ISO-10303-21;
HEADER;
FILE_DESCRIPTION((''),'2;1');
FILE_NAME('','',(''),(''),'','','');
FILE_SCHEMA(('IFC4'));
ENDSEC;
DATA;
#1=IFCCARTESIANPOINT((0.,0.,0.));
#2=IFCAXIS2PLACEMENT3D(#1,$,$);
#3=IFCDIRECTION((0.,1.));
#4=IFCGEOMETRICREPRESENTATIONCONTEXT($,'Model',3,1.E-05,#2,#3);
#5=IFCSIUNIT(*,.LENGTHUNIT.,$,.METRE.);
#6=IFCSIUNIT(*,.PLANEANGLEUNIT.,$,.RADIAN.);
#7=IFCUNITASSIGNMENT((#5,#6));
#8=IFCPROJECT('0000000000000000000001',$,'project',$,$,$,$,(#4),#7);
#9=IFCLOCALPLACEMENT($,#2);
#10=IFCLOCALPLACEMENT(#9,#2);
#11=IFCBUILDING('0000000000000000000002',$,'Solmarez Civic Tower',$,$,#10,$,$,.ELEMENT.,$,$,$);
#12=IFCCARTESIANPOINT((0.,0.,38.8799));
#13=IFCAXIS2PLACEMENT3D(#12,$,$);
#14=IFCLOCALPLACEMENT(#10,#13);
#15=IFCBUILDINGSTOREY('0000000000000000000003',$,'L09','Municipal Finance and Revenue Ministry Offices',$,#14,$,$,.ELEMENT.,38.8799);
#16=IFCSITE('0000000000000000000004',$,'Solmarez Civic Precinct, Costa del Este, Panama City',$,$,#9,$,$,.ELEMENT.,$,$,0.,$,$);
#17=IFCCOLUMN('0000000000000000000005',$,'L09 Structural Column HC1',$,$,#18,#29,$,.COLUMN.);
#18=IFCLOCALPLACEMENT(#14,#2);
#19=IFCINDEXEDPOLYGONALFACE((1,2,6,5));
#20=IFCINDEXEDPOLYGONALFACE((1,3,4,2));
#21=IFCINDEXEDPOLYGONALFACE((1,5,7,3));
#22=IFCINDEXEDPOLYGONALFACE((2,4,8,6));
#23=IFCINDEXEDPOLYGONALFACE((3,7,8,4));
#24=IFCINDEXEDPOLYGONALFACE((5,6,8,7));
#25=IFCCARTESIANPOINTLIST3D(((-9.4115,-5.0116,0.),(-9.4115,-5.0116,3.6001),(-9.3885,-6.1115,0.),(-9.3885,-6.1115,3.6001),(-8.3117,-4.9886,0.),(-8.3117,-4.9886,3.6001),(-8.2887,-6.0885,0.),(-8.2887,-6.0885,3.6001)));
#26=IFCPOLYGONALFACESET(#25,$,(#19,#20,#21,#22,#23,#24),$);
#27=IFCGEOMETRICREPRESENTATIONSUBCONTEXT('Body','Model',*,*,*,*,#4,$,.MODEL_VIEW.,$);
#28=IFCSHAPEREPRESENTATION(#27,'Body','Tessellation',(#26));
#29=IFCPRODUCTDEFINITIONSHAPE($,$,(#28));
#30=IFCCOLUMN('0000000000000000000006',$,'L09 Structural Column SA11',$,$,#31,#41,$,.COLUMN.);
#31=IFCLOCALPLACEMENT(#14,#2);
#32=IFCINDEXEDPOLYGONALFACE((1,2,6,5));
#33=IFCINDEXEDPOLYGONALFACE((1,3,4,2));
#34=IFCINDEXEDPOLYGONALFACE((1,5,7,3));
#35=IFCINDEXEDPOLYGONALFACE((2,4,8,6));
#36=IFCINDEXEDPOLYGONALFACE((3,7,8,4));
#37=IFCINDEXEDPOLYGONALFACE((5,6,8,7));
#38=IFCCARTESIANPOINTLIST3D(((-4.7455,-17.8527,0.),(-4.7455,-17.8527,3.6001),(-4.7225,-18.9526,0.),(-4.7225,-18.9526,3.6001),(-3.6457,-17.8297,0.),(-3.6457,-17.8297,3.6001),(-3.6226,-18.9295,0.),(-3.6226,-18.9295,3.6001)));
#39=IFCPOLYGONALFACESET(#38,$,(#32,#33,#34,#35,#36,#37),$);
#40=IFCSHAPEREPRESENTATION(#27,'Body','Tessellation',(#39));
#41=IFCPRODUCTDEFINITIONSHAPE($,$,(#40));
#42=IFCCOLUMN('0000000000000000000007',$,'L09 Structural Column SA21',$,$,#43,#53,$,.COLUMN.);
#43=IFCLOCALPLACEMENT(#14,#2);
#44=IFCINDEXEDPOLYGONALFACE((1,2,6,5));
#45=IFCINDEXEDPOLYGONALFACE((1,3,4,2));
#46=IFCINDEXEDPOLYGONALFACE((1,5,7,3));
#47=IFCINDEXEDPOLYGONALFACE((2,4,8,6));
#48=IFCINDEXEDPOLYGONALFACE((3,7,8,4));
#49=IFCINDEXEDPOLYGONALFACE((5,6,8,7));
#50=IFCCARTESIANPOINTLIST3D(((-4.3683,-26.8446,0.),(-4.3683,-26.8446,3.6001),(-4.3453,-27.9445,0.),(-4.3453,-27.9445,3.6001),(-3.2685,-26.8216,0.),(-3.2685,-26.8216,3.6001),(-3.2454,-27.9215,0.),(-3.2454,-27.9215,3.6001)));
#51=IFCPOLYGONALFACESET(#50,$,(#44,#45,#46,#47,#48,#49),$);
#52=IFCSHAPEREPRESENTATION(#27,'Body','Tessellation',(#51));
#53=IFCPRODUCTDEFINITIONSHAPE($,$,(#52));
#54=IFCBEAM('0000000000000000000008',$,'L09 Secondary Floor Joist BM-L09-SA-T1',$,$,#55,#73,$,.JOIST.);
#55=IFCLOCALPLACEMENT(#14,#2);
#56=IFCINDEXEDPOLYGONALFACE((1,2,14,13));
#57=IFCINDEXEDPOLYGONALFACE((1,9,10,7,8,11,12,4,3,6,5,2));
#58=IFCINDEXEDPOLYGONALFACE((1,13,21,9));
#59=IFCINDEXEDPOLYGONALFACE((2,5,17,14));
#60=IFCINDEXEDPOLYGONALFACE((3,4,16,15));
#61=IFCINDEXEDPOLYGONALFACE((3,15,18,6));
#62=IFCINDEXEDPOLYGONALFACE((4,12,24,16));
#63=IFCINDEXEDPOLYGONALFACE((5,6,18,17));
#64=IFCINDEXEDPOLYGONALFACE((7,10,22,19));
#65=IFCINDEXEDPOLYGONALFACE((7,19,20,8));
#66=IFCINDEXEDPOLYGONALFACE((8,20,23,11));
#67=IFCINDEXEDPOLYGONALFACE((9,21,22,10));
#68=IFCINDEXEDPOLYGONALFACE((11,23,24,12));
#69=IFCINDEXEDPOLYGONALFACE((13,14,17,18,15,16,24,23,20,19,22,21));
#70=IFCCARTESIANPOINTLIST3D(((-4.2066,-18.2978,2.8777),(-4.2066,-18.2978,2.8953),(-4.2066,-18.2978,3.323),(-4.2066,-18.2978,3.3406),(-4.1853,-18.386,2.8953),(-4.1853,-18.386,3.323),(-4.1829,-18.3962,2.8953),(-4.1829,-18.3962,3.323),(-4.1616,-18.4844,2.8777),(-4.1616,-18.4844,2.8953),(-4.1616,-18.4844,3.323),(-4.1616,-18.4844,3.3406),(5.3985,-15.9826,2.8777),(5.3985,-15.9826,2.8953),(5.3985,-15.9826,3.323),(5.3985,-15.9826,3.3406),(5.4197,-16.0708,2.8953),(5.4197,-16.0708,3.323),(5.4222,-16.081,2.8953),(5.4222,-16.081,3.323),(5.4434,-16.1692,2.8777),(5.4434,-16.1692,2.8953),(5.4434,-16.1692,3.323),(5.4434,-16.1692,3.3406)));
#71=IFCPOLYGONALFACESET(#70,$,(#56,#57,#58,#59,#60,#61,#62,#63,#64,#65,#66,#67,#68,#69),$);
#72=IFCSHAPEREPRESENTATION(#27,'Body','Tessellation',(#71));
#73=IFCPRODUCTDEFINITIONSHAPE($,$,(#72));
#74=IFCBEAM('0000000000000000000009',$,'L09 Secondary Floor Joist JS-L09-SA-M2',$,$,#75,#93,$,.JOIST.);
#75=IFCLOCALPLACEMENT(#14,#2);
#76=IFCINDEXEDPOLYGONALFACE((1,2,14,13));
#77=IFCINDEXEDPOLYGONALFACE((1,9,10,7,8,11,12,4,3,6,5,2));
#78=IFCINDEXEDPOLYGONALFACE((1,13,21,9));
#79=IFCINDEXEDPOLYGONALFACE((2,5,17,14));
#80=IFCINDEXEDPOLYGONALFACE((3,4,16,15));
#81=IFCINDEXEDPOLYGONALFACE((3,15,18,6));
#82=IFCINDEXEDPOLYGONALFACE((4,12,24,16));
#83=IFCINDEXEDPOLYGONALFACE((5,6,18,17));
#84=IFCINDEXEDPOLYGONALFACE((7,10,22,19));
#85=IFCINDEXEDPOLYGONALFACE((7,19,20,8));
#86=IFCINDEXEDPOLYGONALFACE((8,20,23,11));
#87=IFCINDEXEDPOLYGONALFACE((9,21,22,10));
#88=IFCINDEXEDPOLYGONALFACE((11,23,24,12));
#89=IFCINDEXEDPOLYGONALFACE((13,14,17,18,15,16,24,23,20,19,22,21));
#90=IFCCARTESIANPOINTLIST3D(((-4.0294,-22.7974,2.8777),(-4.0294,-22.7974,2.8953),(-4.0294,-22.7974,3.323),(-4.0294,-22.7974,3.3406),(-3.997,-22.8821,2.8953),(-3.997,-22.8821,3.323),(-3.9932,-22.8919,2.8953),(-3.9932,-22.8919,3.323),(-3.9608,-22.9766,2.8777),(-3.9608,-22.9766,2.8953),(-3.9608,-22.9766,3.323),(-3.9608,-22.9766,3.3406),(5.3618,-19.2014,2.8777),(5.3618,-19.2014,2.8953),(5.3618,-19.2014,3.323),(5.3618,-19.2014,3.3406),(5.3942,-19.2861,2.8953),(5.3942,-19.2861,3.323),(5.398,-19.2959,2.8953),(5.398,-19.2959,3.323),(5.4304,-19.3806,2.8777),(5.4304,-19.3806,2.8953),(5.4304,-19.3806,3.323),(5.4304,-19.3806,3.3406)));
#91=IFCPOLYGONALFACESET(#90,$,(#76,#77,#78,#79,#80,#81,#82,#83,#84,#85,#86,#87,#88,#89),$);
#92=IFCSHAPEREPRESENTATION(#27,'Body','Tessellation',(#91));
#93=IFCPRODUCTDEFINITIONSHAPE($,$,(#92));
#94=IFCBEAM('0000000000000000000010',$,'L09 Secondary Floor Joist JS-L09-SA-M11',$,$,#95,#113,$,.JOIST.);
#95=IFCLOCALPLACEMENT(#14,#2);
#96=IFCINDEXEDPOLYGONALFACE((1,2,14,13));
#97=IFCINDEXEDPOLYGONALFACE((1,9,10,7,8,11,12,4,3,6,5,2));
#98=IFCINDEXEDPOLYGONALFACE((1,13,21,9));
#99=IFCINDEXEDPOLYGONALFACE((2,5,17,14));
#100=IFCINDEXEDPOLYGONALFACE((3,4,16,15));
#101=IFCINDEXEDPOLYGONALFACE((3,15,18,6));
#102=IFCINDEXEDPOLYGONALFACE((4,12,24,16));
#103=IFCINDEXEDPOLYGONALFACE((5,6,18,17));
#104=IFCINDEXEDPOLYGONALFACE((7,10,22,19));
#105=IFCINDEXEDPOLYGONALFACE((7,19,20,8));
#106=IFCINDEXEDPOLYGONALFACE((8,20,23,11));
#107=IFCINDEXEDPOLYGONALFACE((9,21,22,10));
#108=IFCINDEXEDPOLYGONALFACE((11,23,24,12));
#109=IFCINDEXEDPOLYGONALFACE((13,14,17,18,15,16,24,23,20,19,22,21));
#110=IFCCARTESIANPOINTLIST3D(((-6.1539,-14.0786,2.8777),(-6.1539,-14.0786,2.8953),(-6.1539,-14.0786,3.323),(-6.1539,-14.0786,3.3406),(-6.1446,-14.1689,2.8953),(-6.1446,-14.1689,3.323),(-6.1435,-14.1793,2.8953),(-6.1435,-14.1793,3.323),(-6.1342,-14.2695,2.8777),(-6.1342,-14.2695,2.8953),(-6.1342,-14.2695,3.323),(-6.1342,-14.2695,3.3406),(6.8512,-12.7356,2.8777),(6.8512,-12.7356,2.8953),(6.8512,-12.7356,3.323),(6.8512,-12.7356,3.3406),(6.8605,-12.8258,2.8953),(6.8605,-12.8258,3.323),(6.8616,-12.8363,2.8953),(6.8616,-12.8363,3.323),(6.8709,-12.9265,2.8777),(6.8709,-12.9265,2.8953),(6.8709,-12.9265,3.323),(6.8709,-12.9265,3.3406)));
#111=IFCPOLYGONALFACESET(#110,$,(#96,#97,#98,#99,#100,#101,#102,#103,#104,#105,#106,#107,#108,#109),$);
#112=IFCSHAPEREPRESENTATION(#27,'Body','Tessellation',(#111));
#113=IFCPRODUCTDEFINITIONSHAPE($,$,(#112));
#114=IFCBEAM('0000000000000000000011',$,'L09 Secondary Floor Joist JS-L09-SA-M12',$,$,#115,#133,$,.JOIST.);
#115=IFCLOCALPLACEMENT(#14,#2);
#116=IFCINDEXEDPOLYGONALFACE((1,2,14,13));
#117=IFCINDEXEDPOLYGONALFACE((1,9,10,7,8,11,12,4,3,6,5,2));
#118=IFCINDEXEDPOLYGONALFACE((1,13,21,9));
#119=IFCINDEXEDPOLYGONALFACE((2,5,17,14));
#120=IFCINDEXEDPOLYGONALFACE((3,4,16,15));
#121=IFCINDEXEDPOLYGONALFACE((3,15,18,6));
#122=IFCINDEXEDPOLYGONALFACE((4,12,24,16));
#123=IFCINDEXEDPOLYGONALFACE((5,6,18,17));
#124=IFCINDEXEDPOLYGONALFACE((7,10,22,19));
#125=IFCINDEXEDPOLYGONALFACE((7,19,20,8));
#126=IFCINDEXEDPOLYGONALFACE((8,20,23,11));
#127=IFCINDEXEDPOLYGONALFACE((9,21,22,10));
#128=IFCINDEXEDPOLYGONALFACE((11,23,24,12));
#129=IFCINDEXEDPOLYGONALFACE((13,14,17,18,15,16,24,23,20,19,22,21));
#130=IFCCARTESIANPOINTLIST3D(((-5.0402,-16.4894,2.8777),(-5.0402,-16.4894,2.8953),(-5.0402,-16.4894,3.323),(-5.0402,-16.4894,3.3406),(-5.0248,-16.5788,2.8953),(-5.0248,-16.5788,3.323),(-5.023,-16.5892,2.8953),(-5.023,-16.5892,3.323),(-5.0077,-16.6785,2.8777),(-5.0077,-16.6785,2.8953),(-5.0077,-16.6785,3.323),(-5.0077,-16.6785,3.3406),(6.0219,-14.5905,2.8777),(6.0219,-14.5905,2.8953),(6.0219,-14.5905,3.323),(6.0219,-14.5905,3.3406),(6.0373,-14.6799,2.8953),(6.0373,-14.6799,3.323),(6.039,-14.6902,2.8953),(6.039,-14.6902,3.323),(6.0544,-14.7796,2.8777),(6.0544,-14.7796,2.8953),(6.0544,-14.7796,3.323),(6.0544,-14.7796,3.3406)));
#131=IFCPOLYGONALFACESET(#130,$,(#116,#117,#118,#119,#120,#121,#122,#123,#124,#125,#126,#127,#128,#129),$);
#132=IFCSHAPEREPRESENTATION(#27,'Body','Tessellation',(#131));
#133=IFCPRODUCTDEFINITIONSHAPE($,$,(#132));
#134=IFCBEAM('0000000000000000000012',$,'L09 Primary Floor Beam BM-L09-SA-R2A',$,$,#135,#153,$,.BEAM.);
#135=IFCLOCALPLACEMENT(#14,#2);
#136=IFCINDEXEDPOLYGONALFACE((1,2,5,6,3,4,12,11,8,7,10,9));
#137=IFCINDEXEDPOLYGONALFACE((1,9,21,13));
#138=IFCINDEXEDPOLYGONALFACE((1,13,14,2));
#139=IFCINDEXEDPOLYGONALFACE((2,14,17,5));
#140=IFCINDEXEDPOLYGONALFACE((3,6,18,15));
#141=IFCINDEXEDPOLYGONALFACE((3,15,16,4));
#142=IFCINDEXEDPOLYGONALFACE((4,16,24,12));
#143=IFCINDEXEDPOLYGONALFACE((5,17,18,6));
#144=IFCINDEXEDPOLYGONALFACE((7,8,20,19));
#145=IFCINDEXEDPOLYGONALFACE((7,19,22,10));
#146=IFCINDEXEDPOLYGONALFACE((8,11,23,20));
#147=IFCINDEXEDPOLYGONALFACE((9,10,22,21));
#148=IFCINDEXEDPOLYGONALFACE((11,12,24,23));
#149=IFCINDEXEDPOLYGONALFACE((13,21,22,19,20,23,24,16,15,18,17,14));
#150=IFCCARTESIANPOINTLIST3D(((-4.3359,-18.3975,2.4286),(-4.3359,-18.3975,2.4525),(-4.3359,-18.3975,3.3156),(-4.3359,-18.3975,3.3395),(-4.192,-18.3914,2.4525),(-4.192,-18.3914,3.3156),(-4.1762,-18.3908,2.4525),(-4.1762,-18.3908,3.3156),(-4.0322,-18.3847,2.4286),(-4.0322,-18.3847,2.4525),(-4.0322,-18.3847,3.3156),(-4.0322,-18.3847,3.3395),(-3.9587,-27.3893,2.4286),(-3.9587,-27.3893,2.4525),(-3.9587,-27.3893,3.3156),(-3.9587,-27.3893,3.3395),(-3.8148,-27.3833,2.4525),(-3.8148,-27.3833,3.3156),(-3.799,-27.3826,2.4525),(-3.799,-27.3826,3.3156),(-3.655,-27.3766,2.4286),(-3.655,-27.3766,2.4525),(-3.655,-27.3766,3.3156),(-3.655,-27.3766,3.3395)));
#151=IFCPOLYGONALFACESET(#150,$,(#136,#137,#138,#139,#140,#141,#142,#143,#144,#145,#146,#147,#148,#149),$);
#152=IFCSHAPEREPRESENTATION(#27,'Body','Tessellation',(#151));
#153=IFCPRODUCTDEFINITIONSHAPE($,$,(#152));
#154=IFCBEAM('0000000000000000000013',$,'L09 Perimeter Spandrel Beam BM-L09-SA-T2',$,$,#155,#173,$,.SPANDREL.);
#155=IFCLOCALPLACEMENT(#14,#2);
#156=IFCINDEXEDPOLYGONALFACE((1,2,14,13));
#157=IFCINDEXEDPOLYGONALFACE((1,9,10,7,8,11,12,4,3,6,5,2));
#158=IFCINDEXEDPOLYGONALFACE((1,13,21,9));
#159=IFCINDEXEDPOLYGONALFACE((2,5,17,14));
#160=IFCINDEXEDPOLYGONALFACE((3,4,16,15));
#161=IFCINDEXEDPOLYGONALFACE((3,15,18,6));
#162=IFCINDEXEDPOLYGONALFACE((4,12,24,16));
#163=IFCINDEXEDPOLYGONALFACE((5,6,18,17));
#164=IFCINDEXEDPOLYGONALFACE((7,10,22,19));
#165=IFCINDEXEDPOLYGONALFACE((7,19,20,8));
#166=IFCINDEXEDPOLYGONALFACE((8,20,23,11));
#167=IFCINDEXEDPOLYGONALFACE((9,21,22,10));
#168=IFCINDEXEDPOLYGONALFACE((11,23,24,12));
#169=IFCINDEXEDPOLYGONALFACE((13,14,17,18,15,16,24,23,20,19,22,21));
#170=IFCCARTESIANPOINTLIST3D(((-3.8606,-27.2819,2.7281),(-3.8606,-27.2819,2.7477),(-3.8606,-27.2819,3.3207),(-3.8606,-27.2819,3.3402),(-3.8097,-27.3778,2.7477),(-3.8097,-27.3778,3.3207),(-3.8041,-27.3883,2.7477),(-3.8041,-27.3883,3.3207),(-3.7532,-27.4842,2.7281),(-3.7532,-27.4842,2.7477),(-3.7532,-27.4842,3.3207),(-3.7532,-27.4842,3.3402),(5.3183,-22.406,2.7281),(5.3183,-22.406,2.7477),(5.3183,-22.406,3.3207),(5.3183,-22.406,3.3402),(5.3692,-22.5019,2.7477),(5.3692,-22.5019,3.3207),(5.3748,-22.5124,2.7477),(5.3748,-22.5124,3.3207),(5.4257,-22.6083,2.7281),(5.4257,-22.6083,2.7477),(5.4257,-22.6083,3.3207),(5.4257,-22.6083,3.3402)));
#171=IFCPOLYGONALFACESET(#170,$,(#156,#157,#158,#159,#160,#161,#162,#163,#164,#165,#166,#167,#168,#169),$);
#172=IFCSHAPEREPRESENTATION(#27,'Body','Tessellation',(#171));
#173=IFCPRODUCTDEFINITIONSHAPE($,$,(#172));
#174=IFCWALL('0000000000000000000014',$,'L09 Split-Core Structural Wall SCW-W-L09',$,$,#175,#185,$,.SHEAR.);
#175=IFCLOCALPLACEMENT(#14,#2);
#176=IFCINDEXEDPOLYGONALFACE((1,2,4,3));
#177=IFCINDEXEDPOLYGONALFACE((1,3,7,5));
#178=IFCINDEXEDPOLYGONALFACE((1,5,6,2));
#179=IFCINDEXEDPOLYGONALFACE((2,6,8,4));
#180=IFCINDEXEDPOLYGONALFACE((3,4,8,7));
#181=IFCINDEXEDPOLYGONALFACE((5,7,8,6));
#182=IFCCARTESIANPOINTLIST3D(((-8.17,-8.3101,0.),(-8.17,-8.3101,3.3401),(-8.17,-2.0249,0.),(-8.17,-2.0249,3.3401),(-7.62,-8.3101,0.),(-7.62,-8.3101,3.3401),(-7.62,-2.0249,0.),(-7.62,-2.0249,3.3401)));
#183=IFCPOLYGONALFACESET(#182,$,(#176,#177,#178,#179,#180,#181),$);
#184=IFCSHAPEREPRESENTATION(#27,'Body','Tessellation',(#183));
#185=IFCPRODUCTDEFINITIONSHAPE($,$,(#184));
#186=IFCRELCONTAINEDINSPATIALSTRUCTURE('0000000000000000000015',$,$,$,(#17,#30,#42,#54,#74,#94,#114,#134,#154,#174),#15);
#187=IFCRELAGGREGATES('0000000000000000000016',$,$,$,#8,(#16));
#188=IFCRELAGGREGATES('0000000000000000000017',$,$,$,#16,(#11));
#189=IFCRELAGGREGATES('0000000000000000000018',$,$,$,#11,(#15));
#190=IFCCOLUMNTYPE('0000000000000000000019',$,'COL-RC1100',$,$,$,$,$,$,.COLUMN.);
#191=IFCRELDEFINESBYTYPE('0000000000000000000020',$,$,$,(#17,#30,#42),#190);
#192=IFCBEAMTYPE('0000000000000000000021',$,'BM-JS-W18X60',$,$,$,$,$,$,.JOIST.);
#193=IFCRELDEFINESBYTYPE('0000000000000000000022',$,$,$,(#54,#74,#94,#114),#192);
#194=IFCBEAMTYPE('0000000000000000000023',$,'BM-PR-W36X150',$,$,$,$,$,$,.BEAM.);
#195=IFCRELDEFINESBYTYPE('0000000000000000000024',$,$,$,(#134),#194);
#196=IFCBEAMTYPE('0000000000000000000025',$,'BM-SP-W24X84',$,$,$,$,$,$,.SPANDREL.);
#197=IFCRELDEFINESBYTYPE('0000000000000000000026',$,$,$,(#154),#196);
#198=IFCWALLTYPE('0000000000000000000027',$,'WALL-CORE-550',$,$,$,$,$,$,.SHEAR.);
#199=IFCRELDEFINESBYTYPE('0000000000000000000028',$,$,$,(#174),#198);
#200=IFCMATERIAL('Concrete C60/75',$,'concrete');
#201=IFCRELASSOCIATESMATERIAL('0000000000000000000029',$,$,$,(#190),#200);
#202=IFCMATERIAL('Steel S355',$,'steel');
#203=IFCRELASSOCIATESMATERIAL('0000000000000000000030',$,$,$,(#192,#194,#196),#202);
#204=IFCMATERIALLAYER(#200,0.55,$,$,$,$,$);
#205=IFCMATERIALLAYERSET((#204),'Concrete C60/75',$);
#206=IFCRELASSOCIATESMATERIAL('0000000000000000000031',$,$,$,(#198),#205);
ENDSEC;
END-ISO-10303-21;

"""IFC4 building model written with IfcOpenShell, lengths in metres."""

from ifc_helpers import new_model, si_unit, direction, frame, frame_2d, origin, origin_2d, place, context, subcontext, project, spatial, rectangle, i_section, extrude, material, layer, layer_set, material_profile, profile_set, type_object, element, save


model = new_model("IFC4")

# Units and contexts
model_context = context("Model", 3, precision=1e-05, world=origin(), true_north=direction((0.0, 1.0)))
body_context = subcontext(model_context, "Body", "Model", "MODEL_VIEW")
ifc_project = project(units=[si_unit("LENGTHUNIT", "METRE"), si_unit("PLANEANGLEUNIT", "RADIAN")], contexts=[model_context])

# Site, building, storey
site_placement = place(None, origin())
site = spatial("IfcSite", under=ifc_project, at=site_placement, Name="Solmarez Civic Precinct, Costa del Este, Panama City", CompositionType="ELEMENT", RefElevation=0.0)
building_placement = place(site_placement, origin())
building = spatial("IfcBuilding", under=site, at=building_placement, Name="Solmarez Civic Tower", CompositionType="ELEMENT")
storey_placement = place(building_placement, frame((0.0, 0.0, 38.8799)))
storey = spatial("IfcBuildingStorey", under=building, at=storey_placement, Name="L09", Description="Municipal Finance and Revenue Ministry Offices", CompositionType="ELEMENT", Elevation=38.8799)

# Columns
ifc_material_1 = material(Name="Concrete C60/75", Category="concrete")
ifc_material_profile_1 = material_profile(ifc_material_1, rectangle(XDim=1.1001, YDim=1.1001, at=origin_2d()), Name="RC1100X1100")
ifc_profile_set_1 = profile_set([ifc_material_profile_1], Name="Concrete C60/75")
column_type = type_object("IfcColumnType", Name="COL-RC1100", PredefinedType="COLUMN", material=ifc_profile_set_1)
for number, where, z_axis, x_axis, name in (
    (1, (-8.8501, -5.55, 0.0), (0.0, 0.0, 1.0), (0.999781, 0.020942, 0.0), "L09 Structural Column HC1"),
    (2, (-4.1841, -18.3911, 0.0), (0.0, 0.0, 1.0), (0.999781, 0.020942, 0.0), "L09 Structural Column SA11"),
    (3, (-3.8069, -27.3831, 0.0), (0.0, 0.0, 1.0), (0.999781, 0.020942, 0.0), "L09 Structural Column SA21"),
):
    element("IfcColumn", number, at=place(storey_placement, frame(where, z_axis=z_axis, x_axis=x_axis)), inside=storey, type_object=column_type, Name=name, PredefinedType="COLUMN", context=body_context, shape_type="SweptSolid", body=[
        extrude(rectangle(XDim=1.1001, YDim=1.1001, at=origin_2d()), origin(), (0.0, 0.0, 1.0), 3.6001),
    ])

# Beams
ifc_material_2 = material(Name="Steel S355", Category="steel")
ifc_material_profile_2 = material_profile(ifc_material_2, i_section(OverallWidth=0.1919, OverallDepth=0.4629, WebThickness=0.0105, FlangeThickness=0.0176, at=origin_2d()), Name="W18X60")
ifc_profile_set_2 = profile_set([ifc_material_profile_2], Name="Steel S355")
beam_type_1 = type_object("IfcBeamType", Name="BM-JS-W18X60", PredefinedType="JOIST", material=ifc_profile_set_2)
beam_1_placement = place(storey_placement, frame((-4.1841, -18.3911, 3.1091), z_axis=(0.972157, 0.234329, 0.0), x_axis=(-0.234329, 0.972157, 0.0)))
element("IfcBeam", 4, at=beam_1_placement, inside=storey, type_object=beam_type_1, Name="L09 Secondary Floor Joist BM-L09-SA-T1", PredefinedType="JOIST", context=body_context, shape_type="SweptSolid", body=[
    extrude(i_section(OverallWidth=0.1919, OverallDepth=0.4629, WebThickness=0.0105, FlangeThickness=0.0176, at=origin_2d()), origin(), (0.0, 0.0, 1.0), 9.8801),
])
beam_2_placement = place(storey_placement, frame((-3.9951, -22.887, 3.1091), z_axis=(0.933878, 0.357591, 0.0), x_axis=(-0.357591, 0.933878, 0.0)))
element("IfcBeam", 5, at=beam_2_placement, inside=storey, type_object=beam_type_1, Name="L09 Secondary Floor Joist JS-L09-SA-M2", PredefinedType="JOIST", context=body_context, shape_type="SweptSolid", body=[
    extrude(i_section(OverallWidth=0.1919, OverallDepth=0.4629, WebThickness=0.0105, FlangeThickness=0.0176, at=origin_2d()), origin(), (0.0, 0.0, 1.0), 10.0562),
])
beam_3_placement = place(storey_placement, frame((-6.144, -14.1741, 3.1091), z_axis=(0.99471, 0.102722, 0.0), x_axis=(-0.102722, 0.99471, 0.0)))
element("IfcBeam", 6, at=beam_3_placement, inside=storey, type_object=beam_type_1, Name="L09 Secondary Floor Joist JS-L09-SA-M11", PredefinedType="JOIST", context=body_context, shape_type="SweptSolid", body=[
    extrude(i_section(OverallWidth=0.1919, OverallDepth=0.4629, WebThickness=0.0105, FlangeThickness=0.0176, at=origin_2d()), origin(), (0.0, 0.0, 1.0), 13.0742),
])
beam_4_placement = place(storey_placement, frame((-5.0239, -16.584, 3.1091), z_axis=(0.985584, 0.169187, 0.0), x_axis=(-0.169187, 0.985584, 0.0)))
element("IfcBeam", 7, at=beam_4_placement, inside=storey, type_object=beam_type_1, Name="L09 Secondary Floor Joist JS-L09-SA-M12", PredefinedType="JOIST", context=body_context, shape_type="SweptSolid", body=[
    extrude(i_section(OverallWidth=0.1919, OverallDepth=0.4629, WebThickness=0.0105, FlangeThickness=0.0176, at=origin_2d()), origin(), (0.0, 0.0, 1.0), 11.2239),
])
ifc_material_profile_3 = material_profile(ifc_material_2, i_section(OverallWidth=0.304, OverallDepth=0.9109, WebThickness=0.0159, FlangeThickness=0.0239, at=origin_2d()), Name="W36X150")
ifc_profile_set_3 = profile_set([ifc_material_profile_3], Name="Steel S355")
beam_type_2 = type_object("IfcBeamType", Name="BM-PR-W36X150", PredefinedType="BEAM", material=ifc_profile_set_3)
beam_5_placement = place(storey_placement, frame((-4.1841, -18.3911, 2.884), z_axis=(0.041911, -0.999121, 0.0), x_axis=(0.999121, 0.041911, 0.0)))
element("IfcBeam", 8, at=beam_5_placement, inside=storey, type_object=beam_type_2, Name="L09 Primary Floor Beam BM-L09-SA-R2A", PredefinedType="BEAM", context=body_context, shape_type="SweptSolid", body=[
    extrude(i_section(OverallWidth=0.304, OverallDepth=0.9109, WebThickness=0.0159, FlangeThickness=0.0239, at=origin_2d()), origin(), (0.0, 0.0, 1.0), 8.9998),
])
ifc_material_profile_4 = material_profile(ifc_material_2, i_section(OverallWidth=0.229, OverallDepth=0.6121, WebThickness=0.012, FlangeThickness=0.0195, at=origin_2d()), Name="W24X84")
ifc_profile_set_4 = profile_set([ifc_material_profile_4], Name="Steel S355")
beam_type_3 = type_object("IfcBeamType", Name="BM-SP-W24X84", PredefinedType="SPANDREL", material=ifc_profile_set_4)
beam_6_placement = place(storey_placement, frame((-3.8069, -27.3831, 3.0342), z_axis=(0.883129, 0.469129, 0.0), x_axis=(-0.469129, 0.883129, 0.0)))
element("IfcBeam", 9, at=beam_6_placement, inside=storey, type_object=beam_type_3, Name="L09 Perimeter Spandrel Beam BM-L09-SA-T2", PredefinedType="SPANDREL", context=body_context, shape_type="SweptSolid", body=[
    extrude(i_section(OverallWidth=0.229, OverallDepth=0.6121, WebThickness=0.012, FlangeThickness=0.0195, at=origin_2d()), origin(), (0.0, 0.0, 1.0), 10.3936),
])

# Wall
ifc_layer_1 = layer(ifc_material_1, 0.55)
ifc_layer_set_1 = layer_set([ifc_layer_1], Name="Concrete C60/75")
wall_type_1 = type_object("IfcWallType", Name="WALL-CORE-550", PredefinedType="SHEAR", material=ifc_layer_set_1)
wall_1_placement = place(storey_placement, frame((-7.895, -8.3101, 0.0), z_axis=(0.0, 0.0, 1.0), x_axis=(0.0, 1.0, 0.0)))
element("IfcWall", 10, at=wall_1_placement, inside=storey, type_object=wall_type_1, Name="L09 Split-Core Structural Wall SCW-W-L09", PredefinedType="SHEAR", context=body_context, shape_type="SweptSolid", body=[
    extrude(rectangle(XDim=6.2852, YDim=0.55, at=frame_2d((3.1426, 0.0))), origin(), (0.0, 0.0, 1.0), 3.3401),
])

save(model, "model.ifc")
